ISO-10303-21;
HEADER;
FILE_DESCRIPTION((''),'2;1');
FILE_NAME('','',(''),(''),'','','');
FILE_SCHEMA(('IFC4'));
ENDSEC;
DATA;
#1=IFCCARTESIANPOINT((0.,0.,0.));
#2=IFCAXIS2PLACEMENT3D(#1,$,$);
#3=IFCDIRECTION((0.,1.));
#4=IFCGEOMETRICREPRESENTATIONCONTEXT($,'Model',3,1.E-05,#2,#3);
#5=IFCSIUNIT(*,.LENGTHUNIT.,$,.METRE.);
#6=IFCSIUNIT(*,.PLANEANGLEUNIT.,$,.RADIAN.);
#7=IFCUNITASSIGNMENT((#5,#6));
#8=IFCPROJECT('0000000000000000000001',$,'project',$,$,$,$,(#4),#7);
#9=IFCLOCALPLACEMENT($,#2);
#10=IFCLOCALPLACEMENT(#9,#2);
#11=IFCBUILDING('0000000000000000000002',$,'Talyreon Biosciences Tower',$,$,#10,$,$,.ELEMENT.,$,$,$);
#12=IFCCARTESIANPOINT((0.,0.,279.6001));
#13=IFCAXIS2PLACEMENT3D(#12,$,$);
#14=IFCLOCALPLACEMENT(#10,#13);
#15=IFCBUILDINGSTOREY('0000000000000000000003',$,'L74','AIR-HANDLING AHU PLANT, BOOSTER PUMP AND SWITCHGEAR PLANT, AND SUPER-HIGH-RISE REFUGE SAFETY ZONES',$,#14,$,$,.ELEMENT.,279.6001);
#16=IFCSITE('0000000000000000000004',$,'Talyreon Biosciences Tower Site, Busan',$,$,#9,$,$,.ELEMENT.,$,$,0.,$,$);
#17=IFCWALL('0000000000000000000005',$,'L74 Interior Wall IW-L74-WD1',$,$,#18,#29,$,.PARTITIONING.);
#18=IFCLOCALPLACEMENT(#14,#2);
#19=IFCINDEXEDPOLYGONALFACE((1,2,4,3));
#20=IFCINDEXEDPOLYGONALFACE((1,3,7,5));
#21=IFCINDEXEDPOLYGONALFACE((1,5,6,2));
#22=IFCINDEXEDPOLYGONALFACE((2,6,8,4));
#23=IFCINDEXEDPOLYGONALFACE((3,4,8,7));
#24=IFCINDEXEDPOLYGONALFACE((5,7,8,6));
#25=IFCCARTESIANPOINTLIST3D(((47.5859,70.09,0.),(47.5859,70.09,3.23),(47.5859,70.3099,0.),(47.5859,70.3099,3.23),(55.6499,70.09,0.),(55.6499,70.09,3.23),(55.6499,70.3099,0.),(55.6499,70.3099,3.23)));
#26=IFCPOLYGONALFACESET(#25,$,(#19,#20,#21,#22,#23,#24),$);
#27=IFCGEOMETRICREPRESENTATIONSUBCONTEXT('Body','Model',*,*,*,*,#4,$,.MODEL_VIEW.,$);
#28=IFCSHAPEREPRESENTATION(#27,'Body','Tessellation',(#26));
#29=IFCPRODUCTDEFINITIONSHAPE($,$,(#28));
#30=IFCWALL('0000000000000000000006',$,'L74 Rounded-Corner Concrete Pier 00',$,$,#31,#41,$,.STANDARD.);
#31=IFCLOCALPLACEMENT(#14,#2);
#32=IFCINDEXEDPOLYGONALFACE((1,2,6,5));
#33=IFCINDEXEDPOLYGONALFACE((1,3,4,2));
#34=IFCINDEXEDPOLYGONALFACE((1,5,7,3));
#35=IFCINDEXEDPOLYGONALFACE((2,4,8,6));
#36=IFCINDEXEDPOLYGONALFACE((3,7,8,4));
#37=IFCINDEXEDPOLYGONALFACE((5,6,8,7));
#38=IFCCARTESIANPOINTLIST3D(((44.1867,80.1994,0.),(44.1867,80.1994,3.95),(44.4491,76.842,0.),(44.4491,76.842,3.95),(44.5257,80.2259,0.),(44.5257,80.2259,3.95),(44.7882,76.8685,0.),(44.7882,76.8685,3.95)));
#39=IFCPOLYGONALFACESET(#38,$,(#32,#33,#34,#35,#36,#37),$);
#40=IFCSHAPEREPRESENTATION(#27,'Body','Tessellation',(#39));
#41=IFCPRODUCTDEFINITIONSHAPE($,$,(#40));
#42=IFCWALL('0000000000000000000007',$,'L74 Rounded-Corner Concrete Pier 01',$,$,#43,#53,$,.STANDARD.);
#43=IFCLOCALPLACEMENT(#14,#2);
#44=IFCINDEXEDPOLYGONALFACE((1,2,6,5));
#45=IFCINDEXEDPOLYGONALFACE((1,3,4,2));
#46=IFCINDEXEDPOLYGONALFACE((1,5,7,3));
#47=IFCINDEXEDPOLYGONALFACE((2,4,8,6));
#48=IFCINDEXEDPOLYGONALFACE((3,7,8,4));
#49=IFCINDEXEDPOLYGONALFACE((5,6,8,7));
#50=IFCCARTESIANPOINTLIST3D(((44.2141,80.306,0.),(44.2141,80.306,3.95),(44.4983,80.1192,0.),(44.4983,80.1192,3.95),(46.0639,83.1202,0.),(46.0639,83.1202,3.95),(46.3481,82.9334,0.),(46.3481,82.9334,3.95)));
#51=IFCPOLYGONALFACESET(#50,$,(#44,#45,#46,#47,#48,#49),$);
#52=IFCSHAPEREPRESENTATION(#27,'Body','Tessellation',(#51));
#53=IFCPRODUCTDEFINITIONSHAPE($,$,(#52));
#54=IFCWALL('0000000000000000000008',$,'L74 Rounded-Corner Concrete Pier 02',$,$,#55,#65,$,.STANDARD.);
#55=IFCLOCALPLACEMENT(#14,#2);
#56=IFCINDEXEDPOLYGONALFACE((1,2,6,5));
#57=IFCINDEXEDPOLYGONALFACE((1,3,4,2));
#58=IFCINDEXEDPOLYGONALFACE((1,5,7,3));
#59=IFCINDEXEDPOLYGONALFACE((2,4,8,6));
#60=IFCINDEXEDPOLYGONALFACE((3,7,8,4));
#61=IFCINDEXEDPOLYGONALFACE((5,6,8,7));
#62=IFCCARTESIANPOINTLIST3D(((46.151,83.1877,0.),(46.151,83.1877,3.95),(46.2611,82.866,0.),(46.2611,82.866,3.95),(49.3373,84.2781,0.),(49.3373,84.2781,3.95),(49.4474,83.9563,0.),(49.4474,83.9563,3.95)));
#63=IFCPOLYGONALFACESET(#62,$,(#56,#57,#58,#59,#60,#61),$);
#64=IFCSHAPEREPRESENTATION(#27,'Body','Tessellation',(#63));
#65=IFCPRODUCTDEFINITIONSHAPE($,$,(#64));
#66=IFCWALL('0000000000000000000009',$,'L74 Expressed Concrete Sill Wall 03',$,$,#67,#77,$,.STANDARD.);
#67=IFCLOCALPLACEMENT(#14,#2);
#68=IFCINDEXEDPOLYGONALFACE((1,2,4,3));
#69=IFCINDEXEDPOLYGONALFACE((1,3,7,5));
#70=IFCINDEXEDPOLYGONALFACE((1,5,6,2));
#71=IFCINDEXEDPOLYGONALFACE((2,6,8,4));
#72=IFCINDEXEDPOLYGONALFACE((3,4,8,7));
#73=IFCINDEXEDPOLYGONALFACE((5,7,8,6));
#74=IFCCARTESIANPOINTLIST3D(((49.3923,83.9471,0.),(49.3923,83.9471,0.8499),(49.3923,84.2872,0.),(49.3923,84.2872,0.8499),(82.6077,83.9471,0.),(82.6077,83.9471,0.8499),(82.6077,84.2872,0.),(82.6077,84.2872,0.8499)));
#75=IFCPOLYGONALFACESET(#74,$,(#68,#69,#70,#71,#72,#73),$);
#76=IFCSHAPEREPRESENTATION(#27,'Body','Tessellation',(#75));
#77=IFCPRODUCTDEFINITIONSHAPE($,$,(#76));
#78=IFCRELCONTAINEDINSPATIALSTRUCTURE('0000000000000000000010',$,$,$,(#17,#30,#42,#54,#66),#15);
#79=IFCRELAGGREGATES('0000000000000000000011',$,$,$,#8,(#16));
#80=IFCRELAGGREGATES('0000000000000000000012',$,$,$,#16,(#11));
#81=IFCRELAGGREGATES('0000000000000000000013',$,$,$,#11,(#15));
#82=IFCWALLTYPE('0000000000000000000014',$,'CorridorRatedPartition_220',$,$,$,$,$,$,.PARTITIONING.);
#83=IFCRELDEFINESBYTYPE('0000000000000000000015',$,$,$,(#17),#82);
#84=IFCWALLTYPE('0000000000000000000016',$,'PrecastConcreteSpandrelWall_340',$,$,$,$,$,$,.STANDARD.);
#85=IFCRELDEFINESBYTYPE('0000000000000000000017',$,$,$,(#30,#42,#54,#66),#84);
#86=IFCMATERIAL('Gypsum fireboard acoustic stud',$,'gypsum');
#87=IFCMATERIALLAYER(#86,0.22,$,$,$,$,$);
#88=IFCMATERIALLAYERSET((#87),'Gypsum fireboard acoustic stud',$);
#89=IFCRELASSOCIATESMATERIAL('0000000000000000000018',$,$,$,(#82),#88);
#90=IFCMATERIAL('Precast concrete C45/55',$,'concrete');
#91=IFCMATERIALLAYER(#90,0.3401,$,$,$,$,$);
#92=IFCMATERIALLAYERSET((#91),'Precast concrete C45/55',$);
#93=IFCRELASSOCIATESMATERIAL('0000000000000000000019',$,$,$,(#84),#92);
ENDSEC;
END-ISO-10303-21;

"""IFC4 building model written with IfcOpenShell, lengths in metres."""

from ifc_helpers import new_model, si_unit, direction, frame, frame_2d, origin, place, context, subcontext, project, spatial, rectangle, extrude, material, layer, layer_set, type_object, element, save


model = new_model("IFC4")

# Units and contexts
model_context = context("Model", 3, precision=1e-05, world=origin(), true_north=direction((0.0, 1.0)))
body_context = subcontext(model_context, "Body", "Model", "MODEL_VIEW")
ifc_project = project(units=[si_unit("LENGTHUNIT", "METRE"), si_unit("PLANEANGLEUNIT", "RADIAN")], contexts=[model_context])

# Site, building, storey
site_placement = place(None, origin())
site = spatial("IfcSite", under=ifc_project, at=site_placement, Name="Talyreon Biosciences Tower Site, Busan", CompositionType="ELEMENT", RefElevation=0.0)
building_placement = place(site_placement, origin())
building = spatial("IfcBuilding", under=site, at=building_placement, Name="Talyreon Biosciences Tower", CompositionType="ELEMENT")
storey_placement = place(building_placement, frame((0.0, 0.0, 279.6001)))
storey = spatial("IfcBuildingStorey", under=building, at=storey_placement, Name="L74", Description="AIR-HANDLING AHU PLANT, BOOSTER PUMP AND SWITCHGEAR PLANT, AND SUPER-HIGH-RISE REFUGE SAFETY ZONES", CompositionType="ELEMENT", Elevation=279.6001)

# Shared definitions
ifc_material_1 = material(Name="Precast concrete C45/55", Category="concrete")

# Wall
ifc_material_2 = material(Name="Gypsum fireboard acoustic stud", Category="gypsum")
ifc_layer_1 = layer(ifc_material_2, 0.22)
ifc_layer_set_1 = layer_set([ifc_layer_1], Name="Gypsum fireboard acoustic stud")
wall_type_1 = type_object("IfcWallType", Name="CorridorRatedPartition_220", PredefinedType="PARTITIONING", material=ifc_layer_set_1)
wall_1_placement = place(storey_placement, frame((47.5859, 70.2, 0.0), z_axis=(0.0, 0.0, 1.0), x_axis=(1.0, 0.0, 0.0)))
element("IfcWall", 1, at=wall_1_placement, inside=storey, type_object=wall_type_1, Name="L74 Interior Wall IW-L74-WD1", PredefinedType="PARTITIONING", context=body_context, shape_type="SweptSolid", body=[
    extrude(rectangle(XDim=8.064, YDim=0.22, at=frame_2d((4.032, 0.0))), origin(), (0.0, 0.0, 1.0), 3.23),
])

# Walls
ifc_layer_2 = layer(ifc_material_1, 0.3401)
ifc_layer_set_2 = layer_set([ifc_layer_2], Name="Precast concrete C45/55")
wall_type_2 = type_object("IfcWallType", Name="PrecastConcreteSpandrelWall_340", PredefinedType="STANDARD", material=ifc_layer_set_2)
for number, where, z_axis, x_axis, name in (
    (2, (44.6187, 76.8552, 0.0), (0.0, 0.0, 1.0), (-0.077933, 0.996959, 0.0), "L74 Rounded-Corner Concrete Pier 00"),
    (3, (44.3562, 80.2126, 0.0), (0.0, 0.0, 1.0), (0.549285, 0.835635, 0.0), "L74 Rounded-Corner Concrete Pier 01"),
    (4, (46.2061, 83.0269, 0.0), (0.0, 0.0, 1.0), (0.946138, 0.323765, 0.0), "L74 Rounded-Corner Concrete Pier 02"),
):
    element("IfcWall", number, at=place(storey_placement, frame(where, z_axis=z_axis, x_axis=x_axis)), inside=storey, type_object=wall_type_2, Name=name, PredefinedType="STANDARD", context=body_context, shape_type="SweptSolid", body=[
        extrude(rectangle(XDim=3.3677, YDim=0.3401, at=frame_2d((1.6838, 0.0))), origin(), (0.0, 0.0, 1.0), 3.95),
    ])
wall_2_placement = place(storey_placement, frame((49.3923, 84.1172, 0.0), z_axis=(0.0, 0.0, 1.0), x_axis=(1.0, 0.0, 0.0)))
element("IfcWall", 5, at=wall_2_placement, inside=storey, type_object=wall_type_2, Name="L74 Expressed Concrete Sill Wall 03", PredefinedType="STANDARD", context=body_context, shape_type="SweptSolid", body=[
    extrude(rectangle(XDim=33.2153, YDim=0.3401, at=frame_2d((16.6077, 0.0))), origin(), (0.0, 0.0, 1.0), 0.8499),
])

save(model, "model.ifc")
